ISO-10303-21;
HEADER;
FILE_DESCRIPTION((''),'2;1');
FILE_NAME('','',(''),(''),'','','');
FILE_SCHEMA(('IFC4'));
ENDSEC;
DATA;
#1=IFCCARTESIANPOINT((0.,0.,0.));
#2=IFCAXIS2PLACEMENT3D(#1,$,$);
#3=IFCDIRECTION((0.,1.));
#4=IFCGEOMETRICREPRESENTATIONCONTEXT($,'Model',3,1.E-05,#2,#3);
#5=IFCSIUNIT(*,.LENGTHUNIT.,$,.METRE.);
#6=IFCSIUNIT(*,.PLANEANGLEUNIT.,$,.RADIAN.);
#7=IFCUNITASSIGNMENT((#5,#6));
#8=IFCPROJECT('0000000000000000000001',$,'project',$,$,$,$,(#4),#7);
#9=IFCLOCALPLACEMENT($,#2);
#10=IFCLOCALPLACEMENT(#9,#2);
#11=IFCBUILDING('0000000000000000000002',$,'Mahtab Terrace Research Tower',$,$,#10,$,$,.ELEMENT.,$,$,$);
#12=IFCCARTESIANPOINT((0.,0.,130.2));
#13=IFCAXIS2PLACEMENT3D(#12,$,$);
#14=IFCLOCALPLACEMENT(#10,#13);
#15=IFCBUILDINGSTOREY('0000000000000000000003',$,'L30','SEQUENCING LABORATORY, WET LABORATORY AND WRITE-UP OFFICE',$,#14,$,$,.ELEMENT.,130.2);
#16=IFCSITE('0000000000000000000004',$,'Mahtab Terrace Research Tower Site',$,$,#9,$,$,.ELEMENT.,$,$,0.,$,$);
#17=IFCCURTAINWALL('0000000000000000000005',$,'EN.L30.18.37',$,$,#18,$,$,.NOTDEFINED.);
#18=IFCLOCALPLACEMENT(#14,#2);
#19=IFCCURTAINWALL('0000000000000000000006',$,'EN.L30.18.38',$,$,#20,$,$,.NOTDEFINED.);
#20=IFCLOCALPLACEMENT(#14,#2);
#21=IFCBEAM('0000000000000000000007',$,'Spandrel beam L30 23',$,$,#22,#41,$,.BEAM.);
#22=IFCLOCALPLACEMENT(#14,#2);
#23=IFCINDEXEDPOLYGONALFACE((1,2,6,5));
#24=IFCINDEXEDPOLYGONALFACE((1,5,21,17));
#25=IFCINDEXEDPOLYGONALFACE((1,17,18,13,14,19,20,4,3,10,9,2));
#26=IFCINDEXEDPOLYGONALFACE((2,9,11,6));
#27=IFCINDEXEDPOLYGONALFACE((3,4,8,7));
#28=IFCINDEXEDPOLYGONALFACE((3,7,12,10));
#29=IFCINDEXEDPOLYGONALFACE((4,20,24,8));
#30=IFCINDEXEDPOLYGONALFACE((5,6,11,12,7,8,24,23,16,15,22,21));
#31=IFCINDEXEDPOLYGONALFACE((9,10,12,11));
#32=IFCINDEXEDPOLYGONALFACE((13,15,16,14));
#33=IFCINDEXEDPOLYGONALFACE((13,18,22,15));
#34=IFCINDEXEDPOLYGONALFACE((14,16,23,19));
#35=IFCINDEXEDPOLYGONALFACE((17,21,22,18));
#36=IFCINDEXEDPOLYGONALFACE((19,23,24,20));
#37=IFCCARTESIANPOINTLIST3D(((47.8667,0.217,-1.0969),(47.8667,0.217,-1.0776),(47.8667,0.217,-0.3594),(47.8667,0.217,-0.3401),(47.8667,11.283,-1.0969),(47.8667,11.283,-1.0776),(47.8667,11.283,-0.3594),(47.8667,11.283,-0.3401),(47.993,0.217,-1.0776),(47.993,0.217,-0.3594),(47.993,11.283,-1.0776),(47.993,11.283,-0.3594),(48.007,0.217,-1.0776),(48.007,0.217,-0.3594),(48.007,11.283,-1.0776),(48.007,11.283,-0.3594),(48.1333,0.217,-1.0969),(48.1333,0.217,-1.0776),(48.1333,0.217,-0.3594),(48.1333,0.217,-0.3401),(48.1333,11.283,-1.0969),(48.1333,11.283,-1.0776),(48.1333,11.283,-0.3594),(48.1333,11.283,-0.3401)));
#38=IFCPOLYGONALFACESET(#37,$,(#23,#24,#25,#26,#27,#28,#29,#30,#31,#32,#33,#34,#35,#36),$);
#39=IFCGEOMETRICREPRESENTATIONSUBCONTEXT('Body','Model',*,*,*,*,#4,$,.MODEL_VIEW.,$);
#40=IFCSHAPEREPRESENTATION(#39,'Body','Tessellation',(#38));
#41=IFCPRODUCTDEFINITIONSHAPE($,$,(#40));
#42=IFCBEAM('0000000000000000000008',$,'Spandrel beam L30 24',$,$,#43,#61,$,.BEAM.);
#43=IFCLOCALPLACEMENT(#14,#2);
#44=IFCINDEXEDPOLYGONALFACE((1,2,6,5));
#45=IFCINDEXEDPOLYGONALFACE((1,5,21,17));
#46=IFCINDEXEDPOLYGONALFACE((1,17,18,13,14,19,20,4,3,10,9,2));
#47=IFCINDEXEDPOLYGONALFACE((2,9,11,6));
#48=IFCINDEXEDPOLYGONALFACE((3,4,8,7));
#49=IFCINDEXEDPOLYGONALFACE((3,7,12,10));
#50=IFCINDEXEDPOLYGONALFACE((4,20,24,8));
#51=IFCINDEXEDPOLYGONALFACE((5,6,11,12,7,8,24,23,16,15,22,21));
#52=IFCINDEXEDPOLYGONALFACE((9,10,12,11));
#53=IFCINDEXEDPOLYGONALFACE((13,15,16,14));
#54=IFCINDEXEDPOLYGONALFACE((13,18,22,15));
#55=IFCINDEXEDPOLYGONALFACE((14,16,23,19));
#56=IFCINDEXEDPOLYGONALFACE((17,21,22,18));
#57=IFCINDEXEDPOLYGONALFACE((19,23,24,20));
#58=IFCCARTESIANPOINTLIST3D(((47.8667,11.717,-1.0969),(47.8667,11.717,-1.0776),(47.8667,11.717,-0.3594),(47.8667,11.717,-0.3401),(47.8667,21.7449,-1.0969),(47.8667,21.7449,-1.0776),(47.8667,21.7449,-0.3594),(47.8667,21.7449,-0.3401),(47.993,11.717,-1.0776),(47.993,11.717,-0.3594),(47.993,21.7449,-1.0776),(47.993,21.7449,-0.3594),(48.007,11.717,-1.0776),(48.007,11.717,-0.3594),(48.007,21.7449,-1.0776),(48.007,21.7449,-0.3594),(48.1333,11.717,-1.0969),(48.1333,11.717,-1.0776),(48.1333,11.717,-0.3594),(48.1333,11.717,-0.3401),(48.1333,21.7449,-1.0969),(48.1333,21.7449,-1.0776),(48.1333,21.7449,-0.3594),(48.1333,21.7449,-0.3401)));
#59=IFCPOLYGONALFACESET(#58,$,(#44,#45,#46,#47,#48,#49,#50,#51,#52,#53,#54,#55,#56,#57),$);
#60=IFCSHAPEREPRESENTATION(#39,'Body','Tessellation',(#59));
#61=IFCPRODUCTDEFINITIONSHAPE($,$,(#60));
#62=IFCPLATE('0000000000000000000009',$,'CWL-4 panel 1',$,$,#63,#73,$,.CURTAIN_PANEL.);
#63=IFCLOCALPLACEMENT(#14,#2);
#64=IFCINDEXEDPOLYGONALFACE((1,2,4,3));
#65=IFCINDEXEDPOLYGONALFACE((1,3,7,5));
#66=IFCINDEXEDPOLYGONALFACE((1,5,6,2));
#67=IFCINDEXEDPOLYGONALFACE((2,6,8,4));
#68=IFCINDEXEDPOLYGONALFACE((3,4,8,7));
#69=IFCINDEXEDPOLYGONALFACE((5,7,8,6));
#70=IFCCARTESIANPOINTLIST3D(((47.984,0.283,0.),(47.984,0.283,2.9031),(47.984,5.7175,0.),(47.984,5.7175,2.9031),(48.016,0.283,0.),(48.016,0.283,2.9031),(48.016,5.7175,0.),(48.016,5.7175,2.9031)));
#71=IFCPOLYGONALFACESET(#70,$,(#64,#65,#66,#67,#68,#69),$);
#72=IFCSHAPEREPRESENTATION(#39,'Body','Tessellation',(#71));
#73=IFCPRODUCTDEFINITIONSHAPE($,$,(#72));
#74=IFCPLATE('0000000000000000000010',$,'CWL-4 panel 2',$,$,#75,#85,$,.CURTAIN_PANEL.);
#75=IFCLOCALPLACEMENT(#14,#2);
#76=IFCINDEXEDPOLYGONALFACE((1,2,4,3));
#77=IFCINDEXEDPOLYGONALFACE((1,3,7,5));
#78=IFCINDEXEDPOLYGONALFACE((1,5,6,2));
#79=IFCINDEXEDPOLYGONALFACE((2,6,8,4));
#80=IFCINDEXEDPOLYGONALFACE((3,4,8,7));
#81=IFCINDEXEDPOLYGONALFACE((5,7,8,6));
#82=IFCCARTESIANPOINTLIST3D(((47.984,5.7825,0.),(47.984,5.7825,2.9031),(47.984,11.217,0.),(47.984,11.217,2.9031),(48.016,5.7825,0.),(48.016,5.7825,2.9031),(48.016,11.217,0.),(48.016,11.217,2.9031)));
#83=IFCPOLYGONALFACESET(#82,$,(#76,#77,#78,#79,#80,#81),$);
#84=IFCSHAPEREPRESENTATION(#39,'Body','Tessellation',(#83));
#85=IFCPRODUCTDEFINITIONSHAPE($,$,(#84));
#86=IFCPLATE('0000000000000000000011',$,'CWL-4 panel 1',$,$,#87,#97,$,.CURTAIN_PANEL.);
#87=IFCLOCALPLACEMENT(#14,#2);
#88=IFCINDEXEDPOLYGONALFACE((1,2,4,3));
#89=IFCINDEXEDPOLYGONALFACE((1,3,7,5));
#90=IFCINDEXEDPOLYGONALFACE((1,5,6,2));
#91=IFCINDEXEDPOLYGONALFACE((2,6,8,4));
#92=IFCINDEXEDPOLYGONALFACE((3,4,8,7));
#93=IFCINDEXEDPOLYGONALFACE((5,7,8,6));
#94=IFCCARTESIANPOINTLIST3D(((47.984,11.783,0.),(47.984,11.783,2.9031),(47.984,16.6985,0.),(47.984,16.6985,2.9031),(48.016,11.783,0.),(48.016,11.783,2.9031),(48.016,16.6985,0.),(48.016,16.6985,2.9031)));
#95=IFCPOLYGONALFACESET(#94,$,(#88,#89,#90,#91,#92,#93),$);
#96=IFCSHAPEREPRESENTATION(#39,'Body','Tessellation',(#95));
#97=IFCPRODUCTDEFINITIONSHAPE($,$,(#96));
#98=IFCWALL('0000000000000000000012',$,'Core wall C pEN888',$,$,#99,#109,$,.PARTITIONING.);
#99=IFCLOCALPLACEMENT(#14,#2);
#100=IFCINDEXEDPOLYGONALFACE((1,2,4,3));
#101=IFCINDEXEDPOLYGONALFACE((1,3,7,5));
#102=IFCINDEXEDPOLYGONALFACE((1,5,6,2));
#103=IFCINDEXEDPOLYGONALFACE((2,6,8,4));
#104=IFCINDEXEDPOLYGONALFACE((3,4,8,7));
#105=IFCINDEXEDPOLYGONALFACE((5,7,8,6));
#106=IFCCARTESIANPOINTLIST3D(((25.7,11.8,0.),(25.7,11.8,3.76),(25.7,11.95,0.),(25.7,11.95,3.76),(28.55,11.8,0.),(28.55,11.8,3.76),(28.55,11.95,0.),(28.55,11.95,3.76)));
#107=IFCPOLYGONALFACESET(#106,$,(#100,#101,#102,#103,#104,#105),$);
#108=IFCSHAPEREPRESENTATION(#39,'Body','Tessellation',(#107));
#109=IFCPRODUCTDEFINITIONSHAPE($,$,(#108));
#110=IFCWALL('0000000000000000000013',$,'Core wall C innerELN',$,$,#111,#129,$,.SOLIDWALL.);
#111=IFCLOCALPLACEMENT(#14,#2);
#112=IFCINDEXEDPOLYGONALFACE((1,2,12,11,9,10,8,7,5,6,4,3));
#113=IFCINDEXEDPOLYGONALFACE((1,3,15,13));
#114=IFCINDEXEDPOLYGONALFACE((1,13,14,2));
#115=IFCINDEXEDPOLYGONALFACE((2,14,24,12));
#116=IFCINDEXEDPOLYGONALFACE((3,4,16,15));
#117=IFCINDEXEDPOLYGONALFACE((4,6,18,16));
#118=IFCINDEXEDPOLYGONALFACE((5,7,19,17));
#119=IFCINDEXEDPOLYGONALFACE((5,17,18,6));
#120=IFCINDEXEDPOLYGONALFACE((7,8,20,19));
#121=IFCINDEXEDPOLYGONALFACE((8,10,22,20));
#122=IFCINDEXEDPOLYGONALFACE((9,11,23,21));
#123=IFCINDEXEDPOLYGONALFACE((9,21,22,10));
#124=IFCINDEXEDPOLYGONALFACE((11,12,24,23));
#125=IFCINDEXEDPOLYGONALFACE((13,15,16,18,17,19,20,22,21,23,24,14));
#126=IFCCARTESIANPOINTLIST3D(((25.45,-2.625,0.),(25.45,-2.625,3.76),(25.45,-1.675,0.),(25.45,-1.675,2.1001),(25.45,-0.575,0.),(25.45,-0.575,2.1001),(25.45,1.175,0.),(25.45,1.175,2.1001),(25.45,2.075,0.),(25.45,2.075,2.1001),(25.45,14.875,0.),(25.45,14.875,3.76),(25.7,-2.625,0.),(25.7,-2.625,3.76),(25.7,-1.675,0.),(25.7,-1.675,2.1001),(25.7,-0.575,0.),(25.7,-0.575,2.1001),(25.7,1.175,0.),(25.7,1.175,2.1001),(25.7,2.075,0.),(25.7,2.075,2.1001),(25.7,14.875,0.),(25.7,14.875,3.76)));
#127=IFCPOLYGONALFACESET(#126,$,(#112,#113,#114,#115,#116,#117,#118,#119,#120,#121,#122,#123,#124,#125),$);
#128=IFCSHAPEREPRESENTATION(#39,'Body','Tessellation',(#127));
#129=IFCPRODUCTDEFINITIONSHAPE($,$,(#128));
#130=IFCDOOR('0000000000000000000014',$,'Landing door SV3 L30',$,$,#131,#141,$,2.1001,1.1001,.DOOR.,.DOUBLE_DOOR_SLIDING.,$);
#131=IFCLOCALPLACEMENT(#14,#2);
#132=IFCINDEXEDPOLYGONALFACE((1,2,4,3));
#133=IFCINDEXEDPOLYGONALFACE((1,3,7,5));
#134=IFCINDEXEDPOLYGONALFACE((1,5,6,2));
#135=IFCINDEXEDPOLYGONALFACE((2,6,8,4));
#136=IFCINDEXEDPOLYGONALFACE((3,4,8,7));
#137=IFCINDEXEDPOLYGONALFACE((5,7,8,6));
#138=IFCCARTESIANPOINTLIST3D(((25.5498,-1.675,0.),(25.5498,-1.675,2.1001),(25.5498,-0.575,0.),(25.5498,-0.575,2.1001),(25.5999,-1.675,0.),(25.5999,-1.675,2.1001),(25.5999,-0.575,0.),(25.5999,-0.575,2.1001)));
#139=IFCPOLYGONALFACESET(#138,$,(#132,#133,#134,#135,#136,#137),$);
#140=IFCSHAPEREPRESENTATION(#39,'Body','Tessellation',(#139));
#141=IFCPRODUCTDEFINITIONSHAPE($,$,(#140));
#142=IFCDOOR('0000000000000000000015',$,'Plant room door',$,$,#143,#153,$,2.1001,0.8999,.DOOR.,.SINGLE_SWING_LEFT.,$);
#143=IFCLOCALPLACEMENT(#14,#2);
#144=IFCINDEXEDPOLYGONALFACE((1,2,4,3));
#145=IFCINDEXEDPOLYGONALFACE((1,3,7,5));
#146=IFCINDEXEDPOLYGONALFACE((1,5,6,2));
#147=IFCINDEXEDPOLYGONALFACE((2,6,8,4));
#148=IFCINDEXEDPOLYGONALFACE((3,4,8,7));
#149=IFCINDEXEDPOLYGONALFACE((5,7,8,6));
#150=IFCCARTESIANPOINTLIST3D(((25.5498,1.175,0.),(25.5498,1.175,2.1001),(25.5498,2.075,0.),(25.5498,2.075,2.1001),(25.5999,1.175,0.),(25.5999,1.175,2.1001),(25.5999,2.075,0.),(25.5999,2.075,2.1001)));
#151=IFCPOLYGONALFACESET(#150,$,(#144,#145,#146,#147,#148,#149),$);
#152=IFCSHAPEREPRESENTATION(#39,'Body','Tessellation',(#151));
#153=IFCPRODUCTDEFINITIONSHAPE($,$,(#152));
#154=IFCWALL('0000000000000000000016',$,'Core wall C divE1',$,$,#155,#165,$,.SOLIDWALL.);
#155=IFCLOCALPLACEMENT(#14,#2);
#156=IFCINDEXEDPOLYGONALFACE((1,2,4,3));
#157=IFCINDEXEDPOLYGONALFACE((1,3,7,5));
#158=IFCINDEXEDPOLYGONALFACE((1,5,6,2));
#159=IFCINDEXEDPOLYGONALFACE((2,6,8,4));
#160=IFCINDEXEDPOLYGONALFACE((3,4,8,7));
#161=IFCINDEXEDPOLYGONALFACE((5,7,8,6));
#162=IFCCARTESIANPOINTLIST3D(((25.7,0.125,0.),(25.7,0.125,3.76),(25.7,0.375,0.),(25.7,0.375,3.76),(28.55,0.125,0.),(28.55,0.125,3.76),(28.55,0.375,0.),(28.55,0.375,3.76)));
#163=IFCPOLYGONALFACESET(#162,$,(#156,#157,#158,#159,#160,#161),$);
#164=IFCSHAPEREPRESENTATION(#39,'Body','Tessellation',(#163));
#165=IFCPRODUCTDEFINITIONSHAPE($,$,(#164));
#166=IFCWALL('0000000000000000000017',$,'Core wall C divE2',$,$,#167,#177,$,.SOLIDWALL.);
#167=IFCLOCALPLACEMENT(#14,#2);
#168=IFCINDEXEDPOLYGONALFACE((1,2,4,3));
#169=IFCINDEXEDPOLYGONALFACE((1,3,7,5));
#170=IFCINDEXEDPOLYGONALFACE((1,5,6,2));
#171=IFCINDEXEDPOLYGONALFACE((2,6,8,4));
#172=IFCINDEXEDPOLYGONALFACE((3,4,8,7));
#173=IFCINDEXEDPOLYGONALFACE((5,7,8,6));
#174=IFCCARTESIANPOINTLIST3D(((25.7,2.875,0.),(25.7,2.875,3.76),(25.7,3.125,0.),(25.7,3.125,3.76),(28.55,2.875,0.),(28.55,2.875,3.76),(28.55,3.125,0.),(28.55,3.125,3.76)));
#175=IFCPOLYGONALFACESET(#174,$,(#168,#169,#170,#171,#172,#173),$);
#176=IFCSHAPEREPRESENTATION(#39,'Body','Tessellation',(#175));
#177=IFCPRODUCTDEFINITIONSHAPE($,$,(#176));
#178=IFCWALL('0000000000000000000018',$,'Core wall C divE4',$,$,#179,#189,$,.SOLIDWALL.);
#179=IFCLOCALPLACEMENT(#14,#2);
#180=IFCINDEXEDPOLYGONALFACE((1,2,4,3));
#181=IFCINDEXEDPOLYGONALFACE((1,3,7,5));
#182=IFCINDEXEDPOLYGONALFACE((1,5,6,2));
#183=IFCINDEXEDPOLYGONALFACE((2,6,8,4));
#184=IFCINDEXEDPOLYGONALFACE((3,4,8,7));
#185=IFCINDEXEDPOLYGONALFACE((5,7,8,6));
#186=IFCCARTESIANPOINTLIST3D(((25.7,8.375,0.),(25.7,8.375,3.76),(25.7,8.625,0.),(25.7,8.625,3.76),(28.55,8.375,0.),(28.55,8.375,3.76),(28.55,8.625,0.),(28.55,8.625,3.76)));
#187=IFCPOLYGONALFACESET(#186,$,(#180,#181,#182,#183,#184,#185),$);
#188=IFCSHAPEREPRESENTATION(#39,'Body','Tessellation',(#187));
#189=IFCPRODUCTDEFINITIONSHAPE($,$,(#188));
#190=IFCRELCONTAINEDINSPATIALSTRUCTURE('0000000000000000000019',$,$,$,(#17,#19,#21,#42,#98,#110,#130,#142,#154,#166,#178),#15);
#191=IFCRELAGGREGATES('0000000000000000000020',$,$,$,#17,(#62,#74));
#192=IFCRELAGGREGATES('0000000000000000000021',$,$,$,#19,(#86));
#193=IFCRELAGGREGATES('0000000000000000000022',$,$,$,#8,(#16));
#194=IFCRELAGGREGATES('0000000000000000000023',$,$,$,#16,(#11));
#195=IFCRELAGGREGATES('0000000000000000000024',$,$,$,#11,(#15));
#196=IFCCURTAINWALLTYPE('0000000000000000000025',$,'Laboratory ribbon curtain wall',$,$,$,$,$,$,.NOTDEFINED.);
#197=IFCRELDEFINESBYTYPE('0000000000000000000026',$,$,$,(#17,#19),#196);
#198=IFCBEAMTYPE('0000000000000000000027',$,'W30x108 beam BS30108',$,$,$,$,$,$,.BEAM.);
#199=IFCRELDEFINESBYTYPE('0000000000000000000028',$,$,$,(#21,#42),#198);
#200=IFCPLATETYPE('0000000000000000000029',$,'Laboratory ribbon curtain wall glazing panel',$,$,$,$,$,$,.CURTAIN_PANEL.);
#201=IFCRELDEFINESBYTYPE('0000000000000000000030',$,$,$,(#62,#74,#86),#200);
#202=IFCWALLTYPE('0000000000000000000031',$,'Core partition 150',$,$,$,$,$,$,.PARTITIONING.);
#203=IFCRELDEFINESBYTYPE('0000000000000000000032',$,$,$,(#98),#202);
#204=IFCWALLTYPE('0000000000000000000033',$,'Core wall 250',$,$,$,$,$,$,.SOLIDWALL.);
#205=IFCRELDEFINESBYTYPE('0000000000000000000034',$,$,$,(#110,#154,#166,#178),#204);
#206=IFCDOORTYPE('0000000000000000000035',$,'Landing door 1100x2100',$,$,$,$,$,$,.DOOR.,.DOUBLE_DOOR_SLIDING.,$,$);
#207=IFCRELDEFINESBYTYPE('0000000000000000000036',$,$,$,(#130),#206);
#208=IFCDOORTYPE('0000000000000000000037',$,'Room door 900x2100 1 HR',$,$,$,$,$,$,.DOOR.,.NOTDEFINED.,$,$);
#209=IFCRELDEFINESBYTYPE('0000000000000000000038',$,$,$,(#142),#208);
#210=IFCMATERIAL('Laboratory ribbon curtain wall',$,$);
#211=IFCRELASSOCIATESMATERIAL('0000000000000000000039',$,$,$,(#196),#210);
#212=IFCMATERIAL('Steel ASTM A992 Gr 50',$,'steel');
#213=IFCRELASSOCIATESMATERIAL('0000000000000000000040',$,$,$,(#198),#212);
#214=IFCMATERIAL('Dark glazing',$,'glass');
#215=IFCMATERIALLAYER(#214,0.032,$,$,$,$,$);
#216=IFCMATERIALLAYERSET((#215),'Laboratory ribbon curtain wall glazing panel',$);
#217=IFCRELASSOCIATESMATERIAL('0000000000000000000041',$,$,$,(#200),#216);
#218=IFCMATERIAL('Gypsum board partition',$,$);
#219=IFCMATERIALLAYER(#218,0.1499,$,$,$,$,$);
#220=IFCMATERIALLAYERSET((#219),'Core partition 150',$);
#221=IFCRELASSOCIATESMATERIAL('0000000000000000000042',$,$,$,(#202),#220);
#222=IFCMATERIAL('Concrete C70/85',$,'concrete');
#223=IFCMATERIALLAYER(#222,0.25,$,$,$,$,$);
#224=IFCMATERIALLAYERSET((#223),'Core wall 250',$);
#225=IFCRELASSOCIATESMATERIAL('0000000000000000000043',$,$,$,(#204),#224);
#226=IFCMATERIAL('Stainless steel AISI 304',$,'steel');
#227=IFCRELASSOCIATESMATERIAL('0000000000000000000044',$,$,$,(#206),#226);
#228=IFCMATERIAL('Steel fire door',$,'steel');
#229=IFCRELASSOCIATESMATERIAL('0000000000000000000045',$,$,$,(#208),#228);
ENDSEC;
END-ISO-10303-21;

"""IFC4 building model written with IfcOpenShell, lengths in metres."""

from ifc_helpers import new_model, si_unit, direction, frame, frame_2d, origin, origin_2d, place, context, subcontext, project, spatial, rectangle, i_section, extrude, material, layer, layer_set, material_profile, profile_set, type_object, element, fill, aggregate, save


model = new_model("IFC4")

# Units and contexts
model_context = context("Model", 3, precision=1e-05, world=origin(), true_north=direction((0.0, 1.0)))
body_context = subcontext(model_context, "Body", "Model", "MODEL_VIEW")
ifc_project = project(units=[si_unit("LENGTHUNIT", "METRE"), si_unit("PLANEANGLEUNIT", "RADIAN")], contexts=[model_context])

# Site, building, storey
site_placement = place(None, origin())
site = spatial("IfcSite", under=ifc_project, at=site_placement, Name="Mahtab Terrace Research Tower Site", CompositionType="ELEMENT", RefElevation=0.0)
building_placement = place(site_placement, origin())
building = spatial("IfcBuilding", under=site, at=building_placement, Name="Mahtab Terrace Research Tower", CompositionType="ELEMENT")
storey_placement = place(building_placement, frame((0.0, 0.0, 130.2)))
storey = spatial("IfcBuildingStorey", under=building, at=storey_placement, Name="L30", Description="SEQUENCING LABORATORY, WET LABORATORY AND WRITE-UP OFFICE", CompositionType="ELEMENT", Elevation=130.2)

# Shared definitions
ifc_material_1 = material(Name="Concrete C70/85", Category="concrete")
ifc_material_2 = material(Name="Steel ASTM A992 Gr 50", Category="steel")

# Curtain walls
ifc_material_3 = material(Name="Laboratory ribbon curtain wall")
curtain_wall_type = type_object("IfcCurtainWallType", Name="Laboratory ribbon curtain wall", PredefinedType="NOTDEFINED", material=ifc_material_3)
curtain_wall_1_placement = place(storey_placement, origin())
curtain_wall_1 = element("IfcCurtainWall", 1, at=curtain_wall_1_placement, inside=storey, type_object=curtain_wall_type, Name="EN.L30.18.37", PredefinedType="NOTDEFINED")
curtain_wall_2_placement = place(storey_placement, origin())
curtain_wall_2 = element("IfcCurtainWall", 2, at=curtain_wall_2_placement, inside=storey, type_object=curtain_wall_type, Name="EN.L30.18.38", PredefinedType="NOTDEFINED")

# Beams
ifc_material_profile_1 = material_profile(ifc_material_2, i_section(OverallWidth=0.2666, OverallDepth=0.7568, WebThickness=0.0139, FlangeThickness=0.0193, at=origin_2d()), Name="W30X108")
ifc_profile_set_1 = profile_set([ifc_material_profile_1], Name="Steel ASTM A992 Gr 50")
beam_type = type_object("IfcBeamType", Name="W30x108 beam BS30108", PredefinedType="BEAM", material=ifc_profile_set_1)
beam_1_placement = place(storey_placement, frame((48.0, 0.217, -0.7185), z_axis=(0.0, 1.0, 0.0), x_axis=(-1.0, 0.0, 0.0)))
element("IfcBeam", 3, at=beam_1_placement, inside=storey, type_object=beam_type, Name="Spandrel beam L30 23", PredefinedType="BEAM", context=body_context, shape_type="SweptSolid", body=[
    extrude(i_section(OverallWidth=0.2666, OverallDepth=0.7568, WebThickness=0.0139, FlangeThickness=0.0193, at=origin_2d()), origin(), (0.0, 0.0, 1.0), 11.0659),
])
beam_2_placement = place(storey_placement, frame((48.0, 11.717, -0.7185), z_axis=(0.0, 1.0, 0.0), x_axis=(-1.0, 0.0, 0.0)))
element("IfcBeam", 4, at=beam_2_placement, inside=storey, type_object=beam_type, Name="Spandrel beam L30 24", PredefinedType="BEAM", context=body_context, shape_type="SweptSolid", body=[
    extrude(i_section(OverallWidth=0.2666, OverallDepth=0.7568, WebThickness=0.0139, FlangeThickness=0.0193, at=origin_2d()), origin(), (0.0, 0.0, 1.0), 10.0278),
])

# Plates
ifc_material_4 = material(Name="Dark glazing", Category="glass")
ifc_layer_1 = layer(ifc_material_4, 0.032)
ifc_layer_set_1 = layer_set([ifc_layer_1], Name="Laboratory ribbon curtain wall glazing panel")
plate_type = type_object("IfcPlateType", Name="Laboratory ribbon curtain wall glazing panel", PredefinedType="CURTAIN_PANEL", material=ifc_layer_set_1)
plate_1_placement = place(storey_placement, frame((48.0, 3.0002, 0.0), z_axis=(0.0, 0.0, 1.0), x_axis=(0.0, 1.0, 0.0)))
plate_1 = element("IfcPlate", 5, at=plate_1_placement, type_object=plate_type, Name="CWL-4 panel 1", PredefinedType="CURTAIN_PANEL", context=body_context, shape_type="SweptSolid", body=[
    extrude(rectangle(XDim=5.4346, YDim=0.032, at=origin_2d()), origin(), (0.0, 0.0, 1.0), 2.9031),
])
plate_2_placement = place(storey_placement, frame((48.0, 8.4998, 0.0), z_axis=(0.0, 0.0, 1.0), x_axis=(0.0, 1.0, 0.0)))
plate_2 = element("IfcPlate", 6, at=plate_2_placement, type_object=plate_type, Name="CWL-4 panel 2", PredefinedType="CURTAIN_PANEL", context=body_context, shape_type="SweptSolid", body=[
    extrude(rectangle(XDim=5.4346, YDim=0.032, at=origin_2d()), origin(), (0.0, 0.0, 1.0), 2.9031),
])
aggregate(curtain_wall_1, [plate_1, plate_2])
plate_3_placement = place(storey_placement, frame((48.0, 14.2407, 0.0), z_axis=(0.0, 0.0, 1.0), x_axis=(0.0, 1.0, 0.0)))
plate_3 = element("IfcPlate", 7, at=plate_3_placement, type_object=plate_type, Name="CWL-4 panel 1", PredefinedType="CURTAIN_PANEL", context=body_context, shape_type="SweptSolid", body=[
    extrude(rectangle(XDim=4.9155, YDim=0.032, at=origin_2d()), origin(), (0.0, 0.0, 1.0), 2.9031),
])
aggregate(curtain_wall_2, [plate_3])

# Wall
ifc_material_5 = material(Name="Gypsum board partition")
ifc_layer_2 = layer(ifc_material_5, 0.1499)
ifc_layer_set_2 = layer_set([ifc_layer_2], Name="Core partition 150")
wall_type_1 = type_object("IfcWallType", Name="Core partition 150", PredefinedType="PARTITIONING", material=ifc_layer_set_2)
wall_1_placement = place(storey_placement, frame((25.7, 11.875, 0.0), z_axis=(0.0, 0.0, 1.0), x_axis=(1.0, 0.0, 0.0)))
element("IfcWall", 8, at=wall_1_placement, inside=storey, type_object=wall_type_1, Name="Core wall C pEN888", PredefinedType="PARTITIONING", context=body_context, shape_type="SweptSolid", body=[
    extrude(rectangle(XDim=2.8501, YDim=0.1499, at=frame_2d((1.425, 0.0))), origin(), (0.0, 0.0, 1.0), 3.76),
])

# Wall, openings, doors
ifc_layer_3 = layer(ifc_material_1, 0.25)
ifc_layer_set_3 = layer_set([ifc_layer_3], Name="Core wall 250")
wall_type_2 = type_object("IfcWallType", Name="Core wall 250", PredefinedType="SOLIDWALL", material=ifc_layer_set_3)
wall_2_placement = place(storey_placement, frame((25.575, 14.875, 0.0), z_axis=(0.0, 0.0, 1.0), x_axis=(0.0, -1.0, 0.0)))
wall_2 = element("IfcWall", 9, at=wall_2_placement, inside=storey, type_object=wall_type_2, Name="Core wall C innerELN", PredefinedType="SOLIDWALL", context=body_context, shape_type="SweptSolid", body=[
    extrude(rectangle(XDim=17.5, YDim=0.25, at=frame_2d((8.75, 0.0))), origin(), (0.0, 0.0, 1.0), 3.76),
])
opening_1_placement = place(wall_2_placement, frame((15.45, 0.0, 0.0)))
opening_1 = element("IfcOpeningElement", 10, at=opening_1_placement, cuts=wall_2, PredefinedType="OPENING", context=body_context, shape_type="SweptSolid", body=[
    extrude(rectangle(XDim=1.1001, YDim=2.1001, at=frame_2d((0.55, 1.05))), frame((0.0, 0.135, 0.0), z_axis=(0.0, -1.0, 0.0), x_axis=(1.0, 0.0, 0.0)), (0.0, 0.0, 1.0), 0.27),
])
opening_2_placement = place(wall_2_placement, frame((12.8, 0.0, 0.0)))
opening_2 = element("IfcOpeningElement", 11, at=opening_2_placement, cuts=wall_2, PredefinedType="OPENING", context=body_context, shape_type="SweptSolid", body=[
    extrude(rectangle(XDim=0.8999, YDim=2.1001, at=frame_2d((0.45, 1.05))), frame((0.0, 0.135, 0.0), z_axis=(0.0, -1.0, 0.0), x_axis=(1.0, 0.0, 0.0)), (0.0, 0.0, 1.0), 0.27),
])
ifc_material_6 = material(Name="Stainless steel AISI 304", Category="steel")
door_type_1 = type_object("IfcDoorType", Name="Landing door 1100x2100", OperationType="DOUBLE_DOOR_SLIDING", PredefinedType="DOOR", material=ifc_material_6)
door_1_placement = place(opening_1_placement, origin())
door_1 = element("IfcDoor", 12, at=door_1_placement, inside=storey, type_object=door_type_1, Name="Landing door SV3 L30", OperationType="DOUBLE_DOOR_SLIDING", OverallHeight=2.1001, OverallWidth=1.1001, PredefinedType="DOOR", context=body_context, shape_type="SweptSolid", body=[
    extrude(rectangle(XDim=1.1001, YDim=2.1001, at=frame_2d((0.55, 1.05))), frame((0.0, 0.0249, 0.0), z_axis=(0.0, -1.0, 0.0), x_axis=(1.0, 0.0, 0.0)), (0.0, 0.0, 1.0), 0.05),
])
fill(opening_1, door_1)
ifc_material_7 = material(Name="Steel fire door", Category="steel")
door_type_2 = type_object("IfcDoorType", Name="Room door 900x2100 1 HR", OperationType="NOTDEFINED", PredefinedType="DOOR", material=ifc_material_7)
door_2_placement = place(opening_2_placement, origin())
door_2 = element("IfcDoor", 13, at=door_2_placement, inside=storey, type_object=door_type_2, Name="Plant room door", OperationType="SINGLE_SWING_LEFT", OverallHeight=2.1001, OverallWidth=0.8999, PredefinedType="DOOR", context=body_context, shape_type="SweptSolid", body=[
    extrude(rectangle(XDim=0.8999, YDim=2.1001, at=frame_2d((0.45, 1.05))), frame((0.0, 0.0249, 0.0), z_axis=(0.0, -1.0, 0.0), x_axis=(1.0, 0.0, 0.0)), (0.0, 0.0, 1.0), 0.05),
])
fill(opening_2, door_2)

# Walls
for number, where, z_axis, x_axis, name in (
    (14, (25.7, 0.25, 0.0), (0.0, 0.0, 1.0), (1.0, 0.0, 0.0), "Core wall C divE1"),
    (15, (25.7, 3.0, 0.0), (0.0, 0.0, 1.0), (1.0, 0.0, 0.0), "Core wall C divE2"),
    (16, (25.7, 8.5, 0.0), (0.0, 0.0, 1.0), (1.0, 0.0, 0.0), "Core wall C divE4"),
):
    element("IfcWall", number, at=place(storey_placement, frame(where, z_axis=z_axis, x_axis=x_axis)), inside=storey, type_object=wall_type_2, Name=name, PredefinedType="SOLIDWALL", context=body_context, shape_type="SweptSolid", body=[
        extrude(rectangle(XDim=2.8501, YDim=0.25, at=frame_2d((1.425, 0.0))), origin(), (0.0, 0.0, 1.0), 3.76),
    ])

save(model, "model.ifc")
